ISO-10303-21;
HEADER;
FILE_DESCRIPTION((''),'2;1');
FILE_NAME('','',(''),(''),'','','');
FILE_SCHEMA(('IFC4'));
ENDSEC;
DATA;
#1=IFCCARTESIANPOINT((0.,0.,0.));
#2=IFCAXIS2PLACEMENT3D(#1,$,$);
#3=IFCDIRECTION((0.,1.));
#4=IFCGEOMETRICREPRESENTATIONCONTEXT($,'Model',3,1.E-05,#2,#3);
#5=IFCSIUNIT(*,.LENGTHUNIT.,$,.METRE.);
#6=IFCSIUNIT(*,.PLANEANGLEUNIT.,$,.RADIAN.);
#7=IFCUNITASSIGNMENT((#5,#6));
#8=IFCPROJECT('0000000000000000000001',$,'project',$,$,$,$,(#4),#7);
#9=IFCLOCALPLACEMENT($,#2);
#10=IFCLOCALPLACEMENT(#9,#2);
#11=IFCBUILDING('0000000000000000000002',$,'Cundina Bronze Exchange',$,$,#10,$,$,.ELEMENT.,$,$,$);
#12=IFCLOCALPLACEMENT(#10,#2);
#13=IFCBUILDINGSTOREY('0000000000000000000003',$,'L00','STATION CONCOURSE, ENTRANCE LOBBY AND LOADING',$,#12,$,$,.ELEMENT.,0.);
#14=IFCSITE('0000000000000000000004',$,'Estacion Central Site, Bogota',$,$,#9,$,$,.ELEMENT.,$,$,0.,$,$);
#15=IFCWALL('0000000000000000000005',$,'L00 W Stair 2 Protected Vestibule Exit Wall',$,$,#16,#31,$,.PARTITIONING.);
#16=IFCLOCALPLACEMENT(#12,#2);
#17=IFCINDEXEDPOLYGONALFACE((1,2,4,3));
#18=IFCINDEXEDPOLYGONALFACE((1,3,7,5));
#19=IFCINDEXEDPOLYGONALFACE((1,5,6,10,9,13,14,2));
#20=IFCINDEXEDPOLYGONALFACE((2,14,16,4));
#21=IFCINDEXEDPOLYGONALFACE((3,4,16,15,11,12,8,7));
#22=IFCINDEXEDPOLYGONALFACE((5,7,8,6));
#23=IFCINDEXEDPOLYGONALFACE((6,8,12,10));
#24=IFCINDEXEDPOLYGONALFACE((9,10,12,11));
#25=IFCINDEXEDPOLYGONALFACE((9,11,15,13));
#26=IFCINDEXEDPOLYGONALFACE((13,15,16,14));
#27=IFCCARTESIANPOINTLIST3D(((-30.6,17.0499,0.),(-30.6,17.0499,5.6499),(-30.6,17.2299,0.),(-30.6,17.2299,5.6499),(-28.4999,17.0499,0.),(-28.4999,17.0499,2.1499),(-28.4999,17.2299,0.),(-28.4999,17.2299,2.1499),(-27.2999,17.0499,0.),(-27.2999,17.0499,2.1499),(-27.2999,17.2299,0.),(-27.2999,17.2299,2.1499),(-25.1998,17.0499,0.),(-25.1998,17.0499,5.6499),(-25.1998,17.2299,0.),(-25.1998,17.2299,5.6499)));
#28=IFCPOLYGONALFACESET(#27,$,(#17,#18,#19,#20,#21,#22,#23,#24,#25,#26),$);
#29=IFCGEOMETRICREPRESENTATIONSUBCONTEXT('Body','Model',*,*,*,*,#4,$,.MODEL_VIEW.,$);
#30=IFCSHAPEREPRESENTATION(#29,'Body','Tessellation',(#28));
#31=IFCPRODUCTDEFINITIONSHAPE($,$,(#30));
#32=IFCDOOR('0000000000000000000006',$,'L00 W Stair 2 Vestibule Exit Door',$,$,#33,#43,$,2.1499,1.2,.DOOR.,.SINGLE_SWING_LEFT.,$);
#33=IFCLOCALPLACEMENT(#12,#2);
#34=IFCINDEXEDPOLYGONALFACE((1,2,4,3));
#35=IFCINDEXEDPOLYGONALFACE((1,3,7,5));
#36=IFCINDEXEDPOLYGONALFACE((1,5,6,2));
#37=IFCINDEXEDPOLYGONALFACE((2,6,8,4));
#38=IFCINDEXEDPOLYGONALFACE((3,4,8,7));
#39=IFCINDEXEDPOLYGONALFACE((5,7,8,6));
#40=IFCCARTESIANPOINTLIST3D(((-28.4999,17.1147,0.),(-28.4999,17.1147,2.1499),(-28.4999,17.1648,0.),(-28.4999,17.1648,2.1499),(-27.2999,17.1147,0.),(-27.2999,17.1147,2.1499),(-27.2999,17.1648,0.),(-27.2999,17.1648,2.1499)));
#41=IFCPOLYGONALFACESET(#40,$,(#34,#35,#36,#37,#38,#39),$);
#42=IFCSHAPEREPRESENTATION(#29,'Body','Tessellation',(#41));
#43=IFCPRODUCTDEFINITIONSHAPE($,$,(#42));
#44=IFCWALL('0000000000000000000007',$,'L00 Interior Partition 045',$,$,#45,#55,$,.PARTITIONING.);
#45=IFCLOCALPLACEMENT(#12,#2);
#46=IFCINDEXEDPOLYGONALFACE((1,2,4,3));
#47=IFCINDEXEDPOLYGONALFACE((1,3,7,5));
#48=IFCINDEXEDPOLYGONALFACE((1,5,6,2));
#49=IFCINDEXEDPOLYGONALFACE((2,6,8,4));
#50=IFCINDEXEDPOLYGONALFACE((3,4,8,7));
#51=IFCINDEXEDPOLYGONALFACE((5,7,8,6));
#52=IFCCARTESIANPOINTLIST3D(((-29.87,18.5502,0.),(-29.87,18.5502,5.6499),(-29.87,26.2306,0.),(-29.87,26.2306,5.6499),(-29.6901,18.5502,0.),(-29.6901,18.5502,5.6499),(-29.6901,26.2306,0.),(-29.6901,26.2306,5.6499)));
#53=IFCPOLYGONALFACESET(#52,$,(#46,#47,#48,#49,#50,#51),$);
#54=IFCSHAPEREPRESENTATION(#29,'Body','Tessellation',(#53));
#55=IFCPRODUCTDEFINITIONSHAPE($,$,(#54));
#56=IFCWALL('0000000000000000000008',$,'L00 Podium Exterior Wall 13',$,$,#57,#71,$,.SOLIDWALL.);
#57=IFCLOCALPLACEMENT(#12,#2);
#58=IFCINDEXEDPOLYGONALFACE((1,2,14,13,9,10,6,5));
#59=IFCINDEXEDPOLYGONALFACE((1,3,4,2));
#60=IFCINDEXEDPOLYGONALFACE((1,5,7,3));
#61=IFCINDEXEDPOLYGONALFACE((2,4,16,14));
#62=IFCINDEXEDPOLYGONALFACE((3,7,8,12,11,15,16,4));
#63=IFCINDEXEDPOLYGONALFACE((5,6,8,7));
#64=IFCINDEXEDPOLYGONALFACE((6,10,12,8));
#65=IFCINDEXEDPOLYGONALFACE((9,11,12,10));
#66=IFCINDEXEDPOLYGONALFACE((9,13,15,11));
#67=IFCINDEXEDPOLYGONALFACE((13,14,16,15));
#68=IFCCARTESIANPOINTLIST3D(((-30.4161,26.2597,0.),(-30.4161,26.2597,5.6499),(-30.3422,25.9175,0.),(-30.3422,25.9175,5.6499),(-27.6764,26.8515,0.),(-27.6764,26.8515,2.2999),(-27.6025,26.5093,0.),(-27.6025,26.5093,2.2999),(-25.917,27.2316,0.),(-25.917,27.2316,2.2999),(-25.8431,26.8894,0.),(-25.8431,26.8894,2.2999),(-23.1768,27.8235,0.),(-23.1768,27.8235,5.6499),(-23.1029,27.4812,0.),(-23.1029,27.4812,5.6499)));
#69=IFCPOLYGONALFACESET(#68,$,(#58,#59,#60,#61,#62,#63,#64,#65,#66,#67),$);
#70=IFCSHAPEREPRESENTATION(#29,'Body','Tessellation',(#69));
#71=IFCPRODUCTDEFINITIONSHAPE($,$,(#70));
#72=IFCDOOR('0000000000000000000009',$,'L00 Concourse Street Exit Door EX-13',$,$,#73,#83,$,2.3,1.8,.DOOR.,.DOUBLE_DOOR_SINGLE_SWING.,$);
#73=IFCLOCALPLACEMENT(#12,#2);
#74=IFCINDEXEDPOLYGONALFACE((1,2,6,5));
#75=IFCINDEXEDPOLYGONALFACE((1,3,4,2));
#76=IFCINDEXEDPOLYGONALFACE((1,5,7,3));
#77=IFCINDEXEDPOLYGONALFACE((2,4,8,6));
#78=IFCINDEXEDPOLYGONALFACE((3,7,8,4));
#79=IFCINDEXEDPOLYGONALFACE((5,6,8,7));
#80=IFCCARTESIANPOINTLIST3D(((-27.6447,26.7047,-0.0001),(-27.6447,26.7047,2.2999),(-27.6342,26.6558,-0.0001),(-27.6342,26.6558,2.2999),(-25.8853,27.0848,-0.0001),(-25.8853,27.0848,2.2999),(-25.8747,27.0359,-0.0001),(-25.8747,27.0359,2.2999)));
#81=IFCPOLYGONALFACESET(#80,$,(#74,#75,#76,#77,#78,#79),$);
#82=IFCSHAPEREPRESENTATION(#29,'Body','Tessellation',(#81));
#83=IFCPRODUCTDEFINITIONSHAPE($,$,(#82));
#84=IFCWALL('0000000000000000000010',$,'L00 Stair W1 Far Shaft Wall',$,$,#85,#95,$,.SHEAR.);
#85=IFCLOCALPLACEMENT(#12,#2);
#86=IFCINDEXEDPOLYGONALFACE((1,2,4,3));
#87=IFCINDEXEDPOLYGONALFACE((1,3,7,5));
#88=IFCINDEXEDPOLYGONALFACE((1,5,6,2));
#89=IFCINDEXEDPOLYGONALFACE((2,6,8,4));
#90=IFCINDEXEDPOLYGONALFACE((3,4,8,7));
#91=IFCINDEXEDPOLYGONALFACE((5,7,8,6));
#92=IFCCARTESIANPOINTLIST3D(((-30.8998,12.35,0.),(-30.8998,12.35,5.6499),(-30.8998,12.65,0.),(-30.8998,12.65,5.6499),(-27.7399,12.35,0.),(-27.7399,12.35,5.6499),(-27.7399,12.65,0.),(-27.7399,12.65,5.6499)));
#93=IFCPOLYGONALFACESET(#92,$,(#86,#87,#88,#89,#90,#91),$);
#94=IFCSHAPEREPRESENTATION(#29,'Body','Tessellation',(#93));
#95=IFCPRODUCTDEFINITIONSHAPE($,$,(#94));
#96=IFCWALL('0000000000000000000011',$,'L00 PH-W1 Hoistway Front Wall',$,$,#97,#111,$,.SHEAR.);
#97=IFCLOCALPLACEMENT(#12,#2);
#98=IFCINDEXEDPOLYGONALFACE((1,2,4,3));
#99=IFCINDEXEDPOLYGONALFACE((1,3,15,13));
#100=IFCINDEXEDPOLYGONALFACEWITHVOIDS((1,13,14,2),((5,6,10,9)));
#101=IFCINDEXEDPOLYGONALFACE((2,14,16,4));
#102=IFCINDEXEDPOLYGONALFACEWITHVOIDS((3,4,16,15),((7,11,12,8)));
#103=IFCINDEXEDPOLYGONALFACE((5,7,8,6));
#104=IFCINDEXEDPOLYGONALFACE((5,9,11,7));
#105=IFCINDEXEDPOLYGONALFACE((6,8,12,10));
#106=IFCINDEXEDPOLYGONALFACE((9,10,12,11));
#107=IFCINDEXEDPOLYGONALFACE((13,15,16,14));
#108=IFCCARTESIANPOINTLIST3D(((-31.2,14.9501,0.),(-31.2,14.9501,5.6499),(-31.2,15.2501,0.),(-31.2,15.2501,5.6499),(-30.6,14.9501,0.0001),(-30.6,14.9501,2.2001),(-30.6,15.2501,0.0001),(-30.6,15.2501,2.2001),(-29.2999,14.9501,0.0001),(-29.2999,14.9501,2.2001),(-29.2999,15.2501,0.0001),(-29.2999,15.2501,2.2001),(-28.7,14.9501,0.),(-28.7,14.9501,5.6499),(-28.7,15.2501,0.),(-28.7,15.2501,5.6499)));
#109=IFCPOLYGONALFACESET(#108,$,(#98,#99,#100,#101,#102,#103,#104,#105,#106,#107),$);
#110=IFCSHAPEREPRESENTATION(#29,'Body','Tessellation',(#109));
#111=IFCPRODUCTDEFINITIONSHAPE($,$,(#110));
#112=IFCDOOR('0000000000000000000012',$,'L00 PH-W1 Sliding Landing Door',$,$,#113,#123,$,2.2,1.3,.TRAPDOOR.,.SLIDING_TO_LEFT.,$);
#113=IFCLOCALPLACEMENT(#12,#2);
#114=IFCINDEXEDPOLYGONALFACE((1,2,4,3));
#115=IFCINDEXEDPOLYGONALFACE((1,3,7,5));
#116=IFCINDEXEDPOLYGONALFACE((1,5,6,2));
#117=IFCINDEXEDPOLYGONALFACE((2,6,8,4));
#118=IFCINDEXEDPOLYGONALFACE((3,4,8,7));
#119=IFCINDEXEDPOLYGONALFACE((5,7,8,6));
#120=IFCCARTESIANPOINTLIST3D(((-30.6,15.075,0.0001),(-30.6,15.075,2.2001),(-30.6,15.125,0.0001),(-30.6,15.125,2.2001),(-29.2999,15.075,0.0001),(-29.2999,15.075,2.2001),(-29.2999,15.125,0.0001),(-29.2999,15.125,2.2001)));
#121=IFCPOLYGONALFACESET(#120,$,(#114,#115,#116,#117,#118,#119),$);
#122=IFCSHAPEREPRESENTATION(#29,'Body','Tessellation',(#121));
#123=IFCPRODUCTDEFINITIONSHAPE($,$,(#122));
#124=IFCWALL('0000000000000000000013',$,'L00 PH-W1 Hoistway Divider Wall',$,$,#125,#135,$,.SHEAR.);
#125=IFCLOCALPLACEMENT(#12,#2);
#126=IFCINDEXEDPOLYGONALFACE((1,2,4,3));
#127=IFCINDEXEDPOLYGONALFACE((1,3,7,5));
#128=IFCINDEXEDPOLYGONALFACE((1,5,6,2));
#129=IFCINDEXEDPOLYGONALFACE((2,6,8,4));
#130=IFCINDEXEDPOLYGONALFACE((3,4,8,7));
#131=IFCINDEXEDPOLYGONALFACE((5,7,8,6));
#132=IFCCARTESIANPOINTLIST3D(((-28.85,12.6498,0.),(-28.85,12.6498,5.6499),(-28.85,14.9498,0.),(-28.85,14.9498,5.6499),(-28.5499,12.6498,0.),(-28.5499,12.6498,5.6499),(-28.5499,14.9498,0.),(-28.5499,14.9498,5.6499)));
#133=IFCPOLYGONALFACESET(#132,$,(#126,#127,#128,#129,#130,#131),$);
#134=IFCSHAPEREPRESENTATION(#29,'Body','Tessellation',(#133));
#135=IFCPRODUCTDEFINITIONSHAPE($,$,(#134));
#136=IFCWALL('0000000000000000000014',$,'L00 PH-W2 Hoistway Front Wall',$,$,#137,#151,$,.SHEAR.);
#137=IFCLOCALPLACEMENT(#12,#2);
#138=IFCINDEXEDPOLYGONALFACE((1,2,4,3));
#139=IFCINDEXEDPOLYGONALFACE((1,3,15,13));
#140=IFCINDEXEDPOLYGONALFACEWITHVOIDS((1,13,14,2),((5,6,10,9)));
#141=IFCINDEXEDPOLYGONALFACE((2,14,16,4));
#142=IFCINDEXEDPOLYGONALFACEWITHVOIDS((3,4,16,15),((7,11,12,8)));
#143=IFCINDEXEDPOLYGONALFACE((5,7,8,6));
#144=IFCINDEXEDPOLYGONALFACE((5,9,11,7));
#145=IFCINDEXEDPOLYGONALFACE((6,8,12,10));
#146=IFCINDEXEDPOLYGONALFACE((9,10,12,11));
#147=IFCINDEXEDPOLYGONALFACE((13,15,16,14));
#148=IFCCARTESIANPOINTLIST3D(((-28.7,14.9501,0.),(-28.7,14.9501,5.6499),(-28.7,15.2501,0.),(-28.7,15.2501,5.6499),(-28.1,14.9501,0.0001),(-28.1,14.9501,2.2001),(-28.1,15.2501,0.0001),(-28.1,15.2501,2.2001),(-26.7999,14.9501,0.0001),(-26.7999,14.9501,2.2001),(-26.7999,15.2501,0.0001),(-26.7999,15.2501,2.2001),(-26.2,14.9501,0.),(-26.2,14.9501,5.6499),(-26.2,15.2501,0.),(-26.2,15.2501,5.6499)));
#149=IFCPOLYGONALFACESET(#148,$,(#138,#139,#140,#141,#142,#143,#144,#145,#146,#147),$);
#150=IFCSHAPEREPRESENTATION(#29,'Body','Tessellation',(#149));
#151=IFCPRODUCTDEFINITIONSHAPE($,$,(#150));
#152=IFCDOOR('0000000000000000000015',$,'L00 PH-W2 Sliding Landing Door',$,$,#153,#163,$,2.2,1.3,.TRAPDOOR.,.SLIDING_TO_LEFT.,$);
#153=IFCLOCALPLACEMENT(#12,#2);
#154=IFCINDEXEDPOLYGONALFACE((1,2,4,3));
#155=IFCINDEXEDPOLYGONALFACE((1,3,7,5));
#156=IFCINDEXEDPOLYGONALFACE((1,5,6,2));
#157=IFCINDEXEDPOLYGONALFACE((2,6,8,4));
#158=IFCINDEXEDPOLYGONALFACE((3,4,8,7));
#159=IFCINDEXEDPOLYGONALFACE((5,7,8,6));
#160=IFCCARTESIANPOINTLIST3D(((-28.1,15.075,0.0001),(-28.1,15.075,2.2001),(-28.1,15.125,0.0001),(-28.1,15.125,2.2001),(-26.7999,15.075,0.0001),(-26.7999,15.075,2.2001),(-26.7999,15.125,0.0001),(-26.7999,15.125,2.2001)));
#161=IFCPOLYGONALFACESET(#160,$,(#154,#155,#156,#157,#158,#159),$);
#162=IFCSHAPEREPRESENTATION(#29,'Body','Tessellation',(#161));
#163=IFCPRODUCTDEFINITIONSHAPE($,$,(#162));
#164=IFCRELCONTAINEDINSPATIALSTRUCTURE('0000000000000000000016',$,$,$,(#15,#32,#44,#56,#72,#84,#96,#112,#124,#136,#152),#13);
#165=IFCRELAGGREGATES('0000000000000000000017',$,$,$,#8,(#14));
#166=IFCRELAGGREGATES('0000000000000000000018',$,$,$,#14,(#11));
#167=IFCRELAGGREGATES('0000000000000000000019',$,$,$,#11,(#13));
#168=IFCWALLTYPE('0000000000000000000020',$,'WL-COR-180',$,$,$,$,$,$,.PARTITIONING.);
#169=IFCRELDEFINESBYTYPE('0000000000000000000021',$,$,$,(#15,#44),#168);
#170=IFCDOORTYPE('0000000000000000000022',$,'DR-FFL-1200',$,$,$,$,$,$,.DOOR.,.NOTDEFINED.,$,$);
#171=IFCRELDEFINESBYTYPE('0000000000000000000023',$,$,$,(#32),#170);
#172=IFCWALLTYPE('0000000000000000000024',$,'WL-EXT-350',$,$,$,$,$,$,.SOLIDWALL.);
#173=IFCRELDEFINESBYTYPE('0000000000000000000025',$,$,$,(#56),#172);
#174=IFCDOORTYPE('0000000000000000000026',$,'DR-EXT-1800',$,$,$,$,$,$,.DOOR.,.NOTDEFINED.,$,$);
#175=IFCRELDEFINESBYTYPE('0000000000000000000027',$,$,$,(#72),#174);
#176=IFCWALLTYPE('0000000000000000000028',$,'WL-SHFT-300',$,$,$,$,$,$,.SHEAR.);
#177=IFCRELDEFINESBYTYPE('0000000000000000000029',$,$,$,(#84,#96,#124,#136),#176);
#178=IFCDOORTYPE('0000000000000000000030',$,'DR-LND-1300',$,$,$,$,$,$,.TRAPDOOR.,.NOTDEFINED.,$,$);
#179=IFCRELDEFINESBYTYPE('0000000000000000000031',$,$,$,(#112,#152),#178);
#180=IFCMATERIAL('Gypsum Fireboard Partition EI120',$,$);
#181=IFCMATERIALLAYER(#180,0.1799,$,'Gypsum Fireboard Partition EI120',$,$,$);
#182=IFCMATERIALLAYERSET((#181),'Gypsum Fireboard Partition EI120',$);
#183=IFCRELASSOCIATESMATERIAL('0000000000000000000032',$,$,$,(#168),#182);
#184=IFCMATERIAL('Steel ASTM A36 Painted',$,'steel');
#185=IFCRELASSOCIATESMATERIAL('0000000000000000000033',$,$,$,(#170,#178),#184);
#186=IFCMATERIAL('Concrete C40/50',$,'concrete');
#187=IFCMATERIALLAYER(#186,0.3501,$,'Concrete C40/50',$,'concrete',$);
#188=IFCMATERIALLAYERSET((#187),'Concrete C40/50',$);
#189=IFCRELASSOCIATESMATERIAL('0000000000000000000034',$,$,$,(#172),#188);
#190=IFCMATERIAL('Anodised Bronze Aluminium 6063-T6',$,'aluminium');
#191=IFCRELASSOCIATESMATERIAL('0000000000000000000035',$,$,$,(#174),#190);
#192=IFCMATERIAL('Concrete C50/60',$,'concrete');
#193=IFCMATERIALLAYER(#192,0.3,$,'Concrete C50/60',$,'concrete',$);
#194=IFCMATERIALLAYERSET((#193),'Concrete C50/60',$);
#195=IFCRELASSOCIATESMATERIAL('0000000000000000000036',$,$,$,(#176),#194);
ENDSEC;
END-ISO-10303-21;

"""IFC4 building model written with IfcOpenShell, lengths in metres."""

from ifc_helpers import new_model, si_unit, direction, frame, frame_2d, origin, place, context, subcontext, project, spatial, rectangle, extrude, material, layer, layer_set, type_object, element, fill, save


model = new_model("IFC4")

# Units and contexts
model_context = context("Model", 3, precision=1e-05, world=origin(), true_north=direction((0.0, 1.0)))
body_context = subcontext(model_context, "Body", "Model", "MODEL_VIEW")
ifc_project = project(units=[si_unit("LENGTHUNIT", "METRE"), si_unit("PLANEANGLEUNIT", "RADIAN")], contexts=[model_context])

# Site, building, storey
site_placement = place(None, origin())
site = spatial("IfcSite", under=ifc_project, at=site_placement, Name="Estacion Central Site, Bogota", CompositionType="ELEMENT", RefElevation=0.0)
building_placement = place(site_placement, origin())
building = spatial("IfcBuilding", under=site, at=building_placement, Name="Cundina Bronze Exchange", CompositionType="ELEMENT")
storey_placement = place(building_placement, origin())
storey = spatial("IfcBuildingStorey", under=building, at=storey_placement, Name="L00", Description="STATION CONCOURSE, ENTRANCE LOBBY AND LOADING", CompositionType="ELEMENT", Elevation=0.0)

# Wall, opening, door
ifc_material_1 = material(Name="Gypsum Fireboard Partition EI120")
ifc_layer_1 = layer(ifc_material_1, 0.1799, Name="Gypsum Fireboard Partition EI120")
ifc_layer_set_1 = layer_set([ifc_layer_1], Name="Gypsum Fireboard Partition EI120")
wall_type_1 = type_object("IfcWallType", Name="WL-COR-180", PredefinedType="PARTITIONING", material=ifc_layer_set_1)
wall_1_placement = place(storey_placement, frame((-30.6001, 17.1399, 0.0), z_axis=(0.0, 0.0, 1.0), x_axis=(1.0, 0.0, 0.0)))
wall_1 = element("IfcWall", 1, at=wall_1_placement, inside=storey, type_object=wall_type_1, Name="L00 W Stair 2 Protected Vestibule Exit Wall", PredefinedType="PARTITIONING", context=body_context, shape_type="SweptSolid", body=[
    extrude(rectangle(XDim=5.4001, YDim=0.1799, at=frame_2d((2.7002, 0.0))), origin(), (0.0, 0.0, 1.0), 5.6499),
])
opening_1_placement = place(wall_1_placement, frame((2.1001, 0.0, 0.0)))
opening_1 = element("IfcOpeningElement", 2, at=opening_1_placement, cuts=wall_1, PredefinedType="OPENING", context=body_context, shape_type="SweptSolid", body=[
    extrude(rectangle(XDim=1.2, YDim=2.1499, at=frame_2d((0.6001, 1.075))), frame((0.0, 0.0999, 0.0), z_axis=(0.0, -1.0, 0.0), x_axis=(1.0, 0.0, 0.0)), (0.0, 0.0, 1.0), 0.2),
])
ifc_material_2 = material(Name="Steel ASTM A36 Painted", Category="steel")
door_type_1 = type_object("IfcDoorType", Name="DR-FFL-1200", OperationType="NOTDEFINED", PredefinedType="DOOR", material=ifc_material_2)
door_1_placement = place(opening_1_placement, origin())
door_1 = element("IfcDoor", 3, at=door_1_placement, inside=storey, type_object=door_type_1, Name="L00 W Stair 2 Vestibule Exit Door", OperationType="SINGLE_SWING_LEFT", OverallHeight=2.1499, OverallWidth=1.2, PredefinedType="DOOR", context=body_context, shape_type="SweptSolid", body=[
    extrude(rectangle(XDim=1.2, YDim=2.1499, at=frame_2d((0.6001, 1.075))), frame((0.0, 0.0249, 0.0), z_axis=(0.0, -1.0, 0.0), x_axis=(1.0, 0.0, 0.0)), (0.0, 0.0, 1.0), 0.05),
])
fill(opening_1, door_1)

# Wall
wall_2_placement = place(storey_placement, frame((-29.78, 18.55, 0.0), z_axis=(0.0, 0.0, 1.0), x_axis=(0.0, 1.0, 0.0)))
element("IfcWall", 4, at=wall_2_placement, inside=storey, type_object=wall_type_1, Name="L00 Interior Partition 045", PredefinedType="PARTITIONING", context=body_context, shape_type="SweptSolid", body=[
    extrude(rectangle(XDim=7.6804, YDim=0.1799, at=frame_2d((3.8403, 0.0))), origin(), (0.0, 0.0, 1.0), 5.6499),
])

# Wall, opening, door
ifc_material_3 = material(Name="Concrete C40/50", Category="concrete")
ifc_layer_2 = layer(ifc_material_3, 0.3501, Name="Concrete C40/50", Category="concrete")
ifc_layer_set_2 = layer_set([ifc_layer_2], Name="Concrete C40/50")
wall_type_2 = type_object("IfcWallType", Name="WL-EXT-350", PredefinedType="SOLIDWALL", material=ifc_layer_set_2)
wall_3_placement = place(storey_placement, frame((-30.3792, 26.0886, 0.0), z_axis=(0.0, 0.0, 1.0), x_axis=(0.977457, 0.211136, 0.0)))
wall_3 = element("IfcWall", 5, at=wall_3_placement, inside=storey, type_object=wall_type_2, Name="L00 Podium Exterior Wall 13", PredefinedType="SOLIDWALL", context=body_context, shape_type="SweptSolid", body=[
    extrude(rectangle(XDim=7.4062, YDim=0.3501, at=frame_2d((3.7031, 0.0))), origin(), (0.0, 0.0, 1.0), 5.6499),
])
opening_2_placement = place(wall_3_placement, frame((2.803, 0.0, 0.0)))
opening_2 = element("IfcOpeningElement", 6, at=opening_2_placement, cuts=wall_3, PredefinedType="OPENING", context=body_context, shape_type="SweptSolid", body=[
    extrude(rectangle(XDim=1.8, YDim=2.3, at=frame_2d((0.8999, 1.1499))), frame((0.0, 0.1851, 0.0), z_axis=(0.0, -1.0, 0.0), x_axis=(1.0, 0.0, 0.0)), (0.0, 0.0, 1.0), 0.3701),
])
ifc_material_4 = material(Name="Anodised Bronze Aluminium 6063-T6", Category="aluminium")
door_type_2 = type_object("IfcDoorType", Name="DR-EXT-1800", OperationType="NOTDEFINED", PredefinedType="DOOR", material=ifc_material_4)
door_2_placement = place(opening_2_placement, origin())
door_2 = element("IfcDoor", 7, at=door_2_placement, inside=storey, type_object=door_type_2, Name="L00 Concourse Street Exit Door EX-13", OperationType="DOUBLE_DOOR_SINGLE_SWING", OverallHeight=2.3, OverallWidth=1.8, PredefinedType="DOOR", context=body_context, shape_type="SweptSolid", body=[
    extrude(rectangle(XDim=1.8, YDim=2.3, at=frame_2d((0.8999, 1.1499))), frame((0.0, 0.0249, 0.0), z_axis=(0.0, -1.0, 0.0), x_axis=(1.0, 0.0, 0.0)), (0.0, 0.0, 1.0), 0.05),
])
fill(opening_2, door_2)

# Wall
ifc_material_5 = material(Name="Concrete C50/60", Category="concrete")
ifc_layer_3 = layer(ifc_material_5, 0.3, Name="Concrete C50/60", Category="concrete")
ifc_layer_set_3 = layer_set([ifc_layer_3], Name="Concrete C50/60")
wall_type_3 = type_object("IfcWallType", Name="WL-SHFT-300", PredefinedType="SHEAR", material=ifc_layer_set_3)
wall_4_placement = place(storey_placement, frame((-30.8999, 12.5, 0.0), z_axis=(0.0, 0.0, 1.0), x_axis=(1.0, 0.0, 0.0)))
element("IfcWall", 8, at=wall_4_placement, inside=storey, type_object=wall_type_3, Name="L00 Stair W1 Far Shaft Wall", PredefinedType="SHEAR", context=body_context, shape_type="SweptSolid", body=[
    extrude(rectangle(XDim=3.1599, YDim=0.3, at=frame_2d((1.5801, 0.0))), origin(), (0.0, 0.0, 1.0), 5.6499),
])

# Wall, opening, door
wall_5_placement = place(storey_placement, frame((-31.2, 15.1001, 0.0), z_axis=(0.0, 0.0, 1.0), x_axis=(1.0, 0.0, 0.0)))
wall_5 = element("IfcWall", 9, at=wall_5_placement, inside=storey, type_object=wall_type_3, Name="L00 PH-W1 Hoistway Front Wall", PredefinedType="SHEAR", context=body_context, shape_type="SweptSolid", body=[
    extrude(rectangle(XDim=2.5, YDim=0.3, at=frame_2d((1.25, 0.0))), origin(), (0.0, 0.0, 1.0), 5.6499),
])
opening_3_placement = place(wall_5_placement, frame((0.6001, 0.0, 0.0)))
opening_3 = element("IfcOpeningElement", 10, at=opening_3_placement, cuts=wall_5, PredefinedType="OPENING", context=body_context, shape_type="SweptSolid", body=[
    extrude(rectangle(XDim=1.3, YDim=2.2, at=frame_2d((0.6499, 1.1001))), frame((0.0, 0.1599, 0.0), z_axis=(0.0, -1.0, 0.0), x_axis=(1.0, 0.0, 0.0)), (0.0, 0.0, 1.0), 0.3201),
])
door_type_3 = type_object("IfcDoorType", Name="DR-LND-1300", OperationType="NOTDEFINED", PredefinedType="TRAPDOOR", material=ifc_material_2)
door_3_placement = place(opening_3_placement, origin())
door_3 = element("IfcDoor", 11, at=door_3_placement, inside=storey, type_object=door_type_3, Name="L00 PH-W1 Sliding Landing Door", OperationType="SLIDING_TO_LEFT", OverallHeight=2.2, OverallWidth=1.3, PredefinedType="TRAPDOOR", context=body_context, shape_type="SweptSolid", body=[
    extrude(rectangle(XDim=1.3, YDim=2.2, at=frame_2d((0.6499, 1.1001))), frame((0.0, 0.0249, 0.0), z_axis=(0.0, -1.0, 0.0), x_axis=(1.0, 0.0, 0.0)), (0.0, 0.0, 1.0), 0.05),
])
fill(opening_3, door_3)

# Wall
wall_6_placement = place(storey_placement, frame((-28.7, 12.6499, 0.0), z_axis=(0.0, 0.0, 1.0), x_axis=(0.0, 1.0, 0.0)))
element("IfcWall", 12, at=wall_6_placement, inside=storey, type_object=wall_type_3, Name="L00 PH-W1 Hoistway Divider Wall", PredefinedType="SHEAR", context=body_context, shape_type="SweptSolid", body=[
    extrude(rectangle(XDim=2.3, YDim=0.3, at=frame_2d((1.1499, 0.0))), origin(), (0.0, 0.0, 1.0), 5.6499),
])

# Wall, opening, door
wall_7_placement = place(storey_placement, frame((-28.7, 15.1001, 0.0), z_axis=(0.0, 0.0, 1.0), x_axis=(1.0, 0.0, 0.0)))
wall_7 = element("IfcWall", 13, at=wall_7_placement, inside=storey, type_object=wall_type_3, Name="L00 PH-W2 Hoistway Front Wall", PredefinedType="SHEAR", context=body_context, shape_type="SweptSolid", body=[
    extrude(rectangle(XDim=2.5, YDim=0.3, at=frame_2d((1.25, 0.0))), origin(), (0.0, 0.0, 1.0), 5.6499),
])
opening_4_placement = place(wall_7_placement, frame((0.6001, 0.0, 0.0)))
opening_4 = element("IfcOpeningElement", 14, at=opening_4_placement, cuts=wall_7, PredefinedType="OPENING", context=body_context, shape_type="SweptSolid", body=[
    extrude(rectangle(XDim=1.3, YDim=2.2, at=frame_2d((0.6499, 1.1001))), frame((0.0, 0.1599, 0.0), z_axis=(0.0, -1.0, 0.0), x_axis=(1.0, 0.0, 0.0)), (0.0, 0.0, 1.0), 0.3201),
])
door_4_placement = place(opening_4_placement, origin())
door_4 = element("IfcDoor", 15, at=door_4_placement, inside=storey, type_object=door_type_3, Name="L00 PH-W2 Sliding Landing Door", OperationType="SLIDING_TO_LEFT", OverallHeight=2.2, OverallWidth=1.3, PredefinedType="TRAPDOOR", context=body_context, shape_type="SweptSolid", body=[
    extrude(rectangle(XDim=1.3, YDim=2.2, at=frame_2d((0.6499, 1.1001))), frame((0.0, 0.0249, 0.0), z_axis=(0.0, -1.0, 0.0), x_axis=(1.0, 0.0, 0.0)), (0.0, 0.0, 1.0), 0.05),
])
fill(opening_4, door_4)

save(model, "model.ifc")
